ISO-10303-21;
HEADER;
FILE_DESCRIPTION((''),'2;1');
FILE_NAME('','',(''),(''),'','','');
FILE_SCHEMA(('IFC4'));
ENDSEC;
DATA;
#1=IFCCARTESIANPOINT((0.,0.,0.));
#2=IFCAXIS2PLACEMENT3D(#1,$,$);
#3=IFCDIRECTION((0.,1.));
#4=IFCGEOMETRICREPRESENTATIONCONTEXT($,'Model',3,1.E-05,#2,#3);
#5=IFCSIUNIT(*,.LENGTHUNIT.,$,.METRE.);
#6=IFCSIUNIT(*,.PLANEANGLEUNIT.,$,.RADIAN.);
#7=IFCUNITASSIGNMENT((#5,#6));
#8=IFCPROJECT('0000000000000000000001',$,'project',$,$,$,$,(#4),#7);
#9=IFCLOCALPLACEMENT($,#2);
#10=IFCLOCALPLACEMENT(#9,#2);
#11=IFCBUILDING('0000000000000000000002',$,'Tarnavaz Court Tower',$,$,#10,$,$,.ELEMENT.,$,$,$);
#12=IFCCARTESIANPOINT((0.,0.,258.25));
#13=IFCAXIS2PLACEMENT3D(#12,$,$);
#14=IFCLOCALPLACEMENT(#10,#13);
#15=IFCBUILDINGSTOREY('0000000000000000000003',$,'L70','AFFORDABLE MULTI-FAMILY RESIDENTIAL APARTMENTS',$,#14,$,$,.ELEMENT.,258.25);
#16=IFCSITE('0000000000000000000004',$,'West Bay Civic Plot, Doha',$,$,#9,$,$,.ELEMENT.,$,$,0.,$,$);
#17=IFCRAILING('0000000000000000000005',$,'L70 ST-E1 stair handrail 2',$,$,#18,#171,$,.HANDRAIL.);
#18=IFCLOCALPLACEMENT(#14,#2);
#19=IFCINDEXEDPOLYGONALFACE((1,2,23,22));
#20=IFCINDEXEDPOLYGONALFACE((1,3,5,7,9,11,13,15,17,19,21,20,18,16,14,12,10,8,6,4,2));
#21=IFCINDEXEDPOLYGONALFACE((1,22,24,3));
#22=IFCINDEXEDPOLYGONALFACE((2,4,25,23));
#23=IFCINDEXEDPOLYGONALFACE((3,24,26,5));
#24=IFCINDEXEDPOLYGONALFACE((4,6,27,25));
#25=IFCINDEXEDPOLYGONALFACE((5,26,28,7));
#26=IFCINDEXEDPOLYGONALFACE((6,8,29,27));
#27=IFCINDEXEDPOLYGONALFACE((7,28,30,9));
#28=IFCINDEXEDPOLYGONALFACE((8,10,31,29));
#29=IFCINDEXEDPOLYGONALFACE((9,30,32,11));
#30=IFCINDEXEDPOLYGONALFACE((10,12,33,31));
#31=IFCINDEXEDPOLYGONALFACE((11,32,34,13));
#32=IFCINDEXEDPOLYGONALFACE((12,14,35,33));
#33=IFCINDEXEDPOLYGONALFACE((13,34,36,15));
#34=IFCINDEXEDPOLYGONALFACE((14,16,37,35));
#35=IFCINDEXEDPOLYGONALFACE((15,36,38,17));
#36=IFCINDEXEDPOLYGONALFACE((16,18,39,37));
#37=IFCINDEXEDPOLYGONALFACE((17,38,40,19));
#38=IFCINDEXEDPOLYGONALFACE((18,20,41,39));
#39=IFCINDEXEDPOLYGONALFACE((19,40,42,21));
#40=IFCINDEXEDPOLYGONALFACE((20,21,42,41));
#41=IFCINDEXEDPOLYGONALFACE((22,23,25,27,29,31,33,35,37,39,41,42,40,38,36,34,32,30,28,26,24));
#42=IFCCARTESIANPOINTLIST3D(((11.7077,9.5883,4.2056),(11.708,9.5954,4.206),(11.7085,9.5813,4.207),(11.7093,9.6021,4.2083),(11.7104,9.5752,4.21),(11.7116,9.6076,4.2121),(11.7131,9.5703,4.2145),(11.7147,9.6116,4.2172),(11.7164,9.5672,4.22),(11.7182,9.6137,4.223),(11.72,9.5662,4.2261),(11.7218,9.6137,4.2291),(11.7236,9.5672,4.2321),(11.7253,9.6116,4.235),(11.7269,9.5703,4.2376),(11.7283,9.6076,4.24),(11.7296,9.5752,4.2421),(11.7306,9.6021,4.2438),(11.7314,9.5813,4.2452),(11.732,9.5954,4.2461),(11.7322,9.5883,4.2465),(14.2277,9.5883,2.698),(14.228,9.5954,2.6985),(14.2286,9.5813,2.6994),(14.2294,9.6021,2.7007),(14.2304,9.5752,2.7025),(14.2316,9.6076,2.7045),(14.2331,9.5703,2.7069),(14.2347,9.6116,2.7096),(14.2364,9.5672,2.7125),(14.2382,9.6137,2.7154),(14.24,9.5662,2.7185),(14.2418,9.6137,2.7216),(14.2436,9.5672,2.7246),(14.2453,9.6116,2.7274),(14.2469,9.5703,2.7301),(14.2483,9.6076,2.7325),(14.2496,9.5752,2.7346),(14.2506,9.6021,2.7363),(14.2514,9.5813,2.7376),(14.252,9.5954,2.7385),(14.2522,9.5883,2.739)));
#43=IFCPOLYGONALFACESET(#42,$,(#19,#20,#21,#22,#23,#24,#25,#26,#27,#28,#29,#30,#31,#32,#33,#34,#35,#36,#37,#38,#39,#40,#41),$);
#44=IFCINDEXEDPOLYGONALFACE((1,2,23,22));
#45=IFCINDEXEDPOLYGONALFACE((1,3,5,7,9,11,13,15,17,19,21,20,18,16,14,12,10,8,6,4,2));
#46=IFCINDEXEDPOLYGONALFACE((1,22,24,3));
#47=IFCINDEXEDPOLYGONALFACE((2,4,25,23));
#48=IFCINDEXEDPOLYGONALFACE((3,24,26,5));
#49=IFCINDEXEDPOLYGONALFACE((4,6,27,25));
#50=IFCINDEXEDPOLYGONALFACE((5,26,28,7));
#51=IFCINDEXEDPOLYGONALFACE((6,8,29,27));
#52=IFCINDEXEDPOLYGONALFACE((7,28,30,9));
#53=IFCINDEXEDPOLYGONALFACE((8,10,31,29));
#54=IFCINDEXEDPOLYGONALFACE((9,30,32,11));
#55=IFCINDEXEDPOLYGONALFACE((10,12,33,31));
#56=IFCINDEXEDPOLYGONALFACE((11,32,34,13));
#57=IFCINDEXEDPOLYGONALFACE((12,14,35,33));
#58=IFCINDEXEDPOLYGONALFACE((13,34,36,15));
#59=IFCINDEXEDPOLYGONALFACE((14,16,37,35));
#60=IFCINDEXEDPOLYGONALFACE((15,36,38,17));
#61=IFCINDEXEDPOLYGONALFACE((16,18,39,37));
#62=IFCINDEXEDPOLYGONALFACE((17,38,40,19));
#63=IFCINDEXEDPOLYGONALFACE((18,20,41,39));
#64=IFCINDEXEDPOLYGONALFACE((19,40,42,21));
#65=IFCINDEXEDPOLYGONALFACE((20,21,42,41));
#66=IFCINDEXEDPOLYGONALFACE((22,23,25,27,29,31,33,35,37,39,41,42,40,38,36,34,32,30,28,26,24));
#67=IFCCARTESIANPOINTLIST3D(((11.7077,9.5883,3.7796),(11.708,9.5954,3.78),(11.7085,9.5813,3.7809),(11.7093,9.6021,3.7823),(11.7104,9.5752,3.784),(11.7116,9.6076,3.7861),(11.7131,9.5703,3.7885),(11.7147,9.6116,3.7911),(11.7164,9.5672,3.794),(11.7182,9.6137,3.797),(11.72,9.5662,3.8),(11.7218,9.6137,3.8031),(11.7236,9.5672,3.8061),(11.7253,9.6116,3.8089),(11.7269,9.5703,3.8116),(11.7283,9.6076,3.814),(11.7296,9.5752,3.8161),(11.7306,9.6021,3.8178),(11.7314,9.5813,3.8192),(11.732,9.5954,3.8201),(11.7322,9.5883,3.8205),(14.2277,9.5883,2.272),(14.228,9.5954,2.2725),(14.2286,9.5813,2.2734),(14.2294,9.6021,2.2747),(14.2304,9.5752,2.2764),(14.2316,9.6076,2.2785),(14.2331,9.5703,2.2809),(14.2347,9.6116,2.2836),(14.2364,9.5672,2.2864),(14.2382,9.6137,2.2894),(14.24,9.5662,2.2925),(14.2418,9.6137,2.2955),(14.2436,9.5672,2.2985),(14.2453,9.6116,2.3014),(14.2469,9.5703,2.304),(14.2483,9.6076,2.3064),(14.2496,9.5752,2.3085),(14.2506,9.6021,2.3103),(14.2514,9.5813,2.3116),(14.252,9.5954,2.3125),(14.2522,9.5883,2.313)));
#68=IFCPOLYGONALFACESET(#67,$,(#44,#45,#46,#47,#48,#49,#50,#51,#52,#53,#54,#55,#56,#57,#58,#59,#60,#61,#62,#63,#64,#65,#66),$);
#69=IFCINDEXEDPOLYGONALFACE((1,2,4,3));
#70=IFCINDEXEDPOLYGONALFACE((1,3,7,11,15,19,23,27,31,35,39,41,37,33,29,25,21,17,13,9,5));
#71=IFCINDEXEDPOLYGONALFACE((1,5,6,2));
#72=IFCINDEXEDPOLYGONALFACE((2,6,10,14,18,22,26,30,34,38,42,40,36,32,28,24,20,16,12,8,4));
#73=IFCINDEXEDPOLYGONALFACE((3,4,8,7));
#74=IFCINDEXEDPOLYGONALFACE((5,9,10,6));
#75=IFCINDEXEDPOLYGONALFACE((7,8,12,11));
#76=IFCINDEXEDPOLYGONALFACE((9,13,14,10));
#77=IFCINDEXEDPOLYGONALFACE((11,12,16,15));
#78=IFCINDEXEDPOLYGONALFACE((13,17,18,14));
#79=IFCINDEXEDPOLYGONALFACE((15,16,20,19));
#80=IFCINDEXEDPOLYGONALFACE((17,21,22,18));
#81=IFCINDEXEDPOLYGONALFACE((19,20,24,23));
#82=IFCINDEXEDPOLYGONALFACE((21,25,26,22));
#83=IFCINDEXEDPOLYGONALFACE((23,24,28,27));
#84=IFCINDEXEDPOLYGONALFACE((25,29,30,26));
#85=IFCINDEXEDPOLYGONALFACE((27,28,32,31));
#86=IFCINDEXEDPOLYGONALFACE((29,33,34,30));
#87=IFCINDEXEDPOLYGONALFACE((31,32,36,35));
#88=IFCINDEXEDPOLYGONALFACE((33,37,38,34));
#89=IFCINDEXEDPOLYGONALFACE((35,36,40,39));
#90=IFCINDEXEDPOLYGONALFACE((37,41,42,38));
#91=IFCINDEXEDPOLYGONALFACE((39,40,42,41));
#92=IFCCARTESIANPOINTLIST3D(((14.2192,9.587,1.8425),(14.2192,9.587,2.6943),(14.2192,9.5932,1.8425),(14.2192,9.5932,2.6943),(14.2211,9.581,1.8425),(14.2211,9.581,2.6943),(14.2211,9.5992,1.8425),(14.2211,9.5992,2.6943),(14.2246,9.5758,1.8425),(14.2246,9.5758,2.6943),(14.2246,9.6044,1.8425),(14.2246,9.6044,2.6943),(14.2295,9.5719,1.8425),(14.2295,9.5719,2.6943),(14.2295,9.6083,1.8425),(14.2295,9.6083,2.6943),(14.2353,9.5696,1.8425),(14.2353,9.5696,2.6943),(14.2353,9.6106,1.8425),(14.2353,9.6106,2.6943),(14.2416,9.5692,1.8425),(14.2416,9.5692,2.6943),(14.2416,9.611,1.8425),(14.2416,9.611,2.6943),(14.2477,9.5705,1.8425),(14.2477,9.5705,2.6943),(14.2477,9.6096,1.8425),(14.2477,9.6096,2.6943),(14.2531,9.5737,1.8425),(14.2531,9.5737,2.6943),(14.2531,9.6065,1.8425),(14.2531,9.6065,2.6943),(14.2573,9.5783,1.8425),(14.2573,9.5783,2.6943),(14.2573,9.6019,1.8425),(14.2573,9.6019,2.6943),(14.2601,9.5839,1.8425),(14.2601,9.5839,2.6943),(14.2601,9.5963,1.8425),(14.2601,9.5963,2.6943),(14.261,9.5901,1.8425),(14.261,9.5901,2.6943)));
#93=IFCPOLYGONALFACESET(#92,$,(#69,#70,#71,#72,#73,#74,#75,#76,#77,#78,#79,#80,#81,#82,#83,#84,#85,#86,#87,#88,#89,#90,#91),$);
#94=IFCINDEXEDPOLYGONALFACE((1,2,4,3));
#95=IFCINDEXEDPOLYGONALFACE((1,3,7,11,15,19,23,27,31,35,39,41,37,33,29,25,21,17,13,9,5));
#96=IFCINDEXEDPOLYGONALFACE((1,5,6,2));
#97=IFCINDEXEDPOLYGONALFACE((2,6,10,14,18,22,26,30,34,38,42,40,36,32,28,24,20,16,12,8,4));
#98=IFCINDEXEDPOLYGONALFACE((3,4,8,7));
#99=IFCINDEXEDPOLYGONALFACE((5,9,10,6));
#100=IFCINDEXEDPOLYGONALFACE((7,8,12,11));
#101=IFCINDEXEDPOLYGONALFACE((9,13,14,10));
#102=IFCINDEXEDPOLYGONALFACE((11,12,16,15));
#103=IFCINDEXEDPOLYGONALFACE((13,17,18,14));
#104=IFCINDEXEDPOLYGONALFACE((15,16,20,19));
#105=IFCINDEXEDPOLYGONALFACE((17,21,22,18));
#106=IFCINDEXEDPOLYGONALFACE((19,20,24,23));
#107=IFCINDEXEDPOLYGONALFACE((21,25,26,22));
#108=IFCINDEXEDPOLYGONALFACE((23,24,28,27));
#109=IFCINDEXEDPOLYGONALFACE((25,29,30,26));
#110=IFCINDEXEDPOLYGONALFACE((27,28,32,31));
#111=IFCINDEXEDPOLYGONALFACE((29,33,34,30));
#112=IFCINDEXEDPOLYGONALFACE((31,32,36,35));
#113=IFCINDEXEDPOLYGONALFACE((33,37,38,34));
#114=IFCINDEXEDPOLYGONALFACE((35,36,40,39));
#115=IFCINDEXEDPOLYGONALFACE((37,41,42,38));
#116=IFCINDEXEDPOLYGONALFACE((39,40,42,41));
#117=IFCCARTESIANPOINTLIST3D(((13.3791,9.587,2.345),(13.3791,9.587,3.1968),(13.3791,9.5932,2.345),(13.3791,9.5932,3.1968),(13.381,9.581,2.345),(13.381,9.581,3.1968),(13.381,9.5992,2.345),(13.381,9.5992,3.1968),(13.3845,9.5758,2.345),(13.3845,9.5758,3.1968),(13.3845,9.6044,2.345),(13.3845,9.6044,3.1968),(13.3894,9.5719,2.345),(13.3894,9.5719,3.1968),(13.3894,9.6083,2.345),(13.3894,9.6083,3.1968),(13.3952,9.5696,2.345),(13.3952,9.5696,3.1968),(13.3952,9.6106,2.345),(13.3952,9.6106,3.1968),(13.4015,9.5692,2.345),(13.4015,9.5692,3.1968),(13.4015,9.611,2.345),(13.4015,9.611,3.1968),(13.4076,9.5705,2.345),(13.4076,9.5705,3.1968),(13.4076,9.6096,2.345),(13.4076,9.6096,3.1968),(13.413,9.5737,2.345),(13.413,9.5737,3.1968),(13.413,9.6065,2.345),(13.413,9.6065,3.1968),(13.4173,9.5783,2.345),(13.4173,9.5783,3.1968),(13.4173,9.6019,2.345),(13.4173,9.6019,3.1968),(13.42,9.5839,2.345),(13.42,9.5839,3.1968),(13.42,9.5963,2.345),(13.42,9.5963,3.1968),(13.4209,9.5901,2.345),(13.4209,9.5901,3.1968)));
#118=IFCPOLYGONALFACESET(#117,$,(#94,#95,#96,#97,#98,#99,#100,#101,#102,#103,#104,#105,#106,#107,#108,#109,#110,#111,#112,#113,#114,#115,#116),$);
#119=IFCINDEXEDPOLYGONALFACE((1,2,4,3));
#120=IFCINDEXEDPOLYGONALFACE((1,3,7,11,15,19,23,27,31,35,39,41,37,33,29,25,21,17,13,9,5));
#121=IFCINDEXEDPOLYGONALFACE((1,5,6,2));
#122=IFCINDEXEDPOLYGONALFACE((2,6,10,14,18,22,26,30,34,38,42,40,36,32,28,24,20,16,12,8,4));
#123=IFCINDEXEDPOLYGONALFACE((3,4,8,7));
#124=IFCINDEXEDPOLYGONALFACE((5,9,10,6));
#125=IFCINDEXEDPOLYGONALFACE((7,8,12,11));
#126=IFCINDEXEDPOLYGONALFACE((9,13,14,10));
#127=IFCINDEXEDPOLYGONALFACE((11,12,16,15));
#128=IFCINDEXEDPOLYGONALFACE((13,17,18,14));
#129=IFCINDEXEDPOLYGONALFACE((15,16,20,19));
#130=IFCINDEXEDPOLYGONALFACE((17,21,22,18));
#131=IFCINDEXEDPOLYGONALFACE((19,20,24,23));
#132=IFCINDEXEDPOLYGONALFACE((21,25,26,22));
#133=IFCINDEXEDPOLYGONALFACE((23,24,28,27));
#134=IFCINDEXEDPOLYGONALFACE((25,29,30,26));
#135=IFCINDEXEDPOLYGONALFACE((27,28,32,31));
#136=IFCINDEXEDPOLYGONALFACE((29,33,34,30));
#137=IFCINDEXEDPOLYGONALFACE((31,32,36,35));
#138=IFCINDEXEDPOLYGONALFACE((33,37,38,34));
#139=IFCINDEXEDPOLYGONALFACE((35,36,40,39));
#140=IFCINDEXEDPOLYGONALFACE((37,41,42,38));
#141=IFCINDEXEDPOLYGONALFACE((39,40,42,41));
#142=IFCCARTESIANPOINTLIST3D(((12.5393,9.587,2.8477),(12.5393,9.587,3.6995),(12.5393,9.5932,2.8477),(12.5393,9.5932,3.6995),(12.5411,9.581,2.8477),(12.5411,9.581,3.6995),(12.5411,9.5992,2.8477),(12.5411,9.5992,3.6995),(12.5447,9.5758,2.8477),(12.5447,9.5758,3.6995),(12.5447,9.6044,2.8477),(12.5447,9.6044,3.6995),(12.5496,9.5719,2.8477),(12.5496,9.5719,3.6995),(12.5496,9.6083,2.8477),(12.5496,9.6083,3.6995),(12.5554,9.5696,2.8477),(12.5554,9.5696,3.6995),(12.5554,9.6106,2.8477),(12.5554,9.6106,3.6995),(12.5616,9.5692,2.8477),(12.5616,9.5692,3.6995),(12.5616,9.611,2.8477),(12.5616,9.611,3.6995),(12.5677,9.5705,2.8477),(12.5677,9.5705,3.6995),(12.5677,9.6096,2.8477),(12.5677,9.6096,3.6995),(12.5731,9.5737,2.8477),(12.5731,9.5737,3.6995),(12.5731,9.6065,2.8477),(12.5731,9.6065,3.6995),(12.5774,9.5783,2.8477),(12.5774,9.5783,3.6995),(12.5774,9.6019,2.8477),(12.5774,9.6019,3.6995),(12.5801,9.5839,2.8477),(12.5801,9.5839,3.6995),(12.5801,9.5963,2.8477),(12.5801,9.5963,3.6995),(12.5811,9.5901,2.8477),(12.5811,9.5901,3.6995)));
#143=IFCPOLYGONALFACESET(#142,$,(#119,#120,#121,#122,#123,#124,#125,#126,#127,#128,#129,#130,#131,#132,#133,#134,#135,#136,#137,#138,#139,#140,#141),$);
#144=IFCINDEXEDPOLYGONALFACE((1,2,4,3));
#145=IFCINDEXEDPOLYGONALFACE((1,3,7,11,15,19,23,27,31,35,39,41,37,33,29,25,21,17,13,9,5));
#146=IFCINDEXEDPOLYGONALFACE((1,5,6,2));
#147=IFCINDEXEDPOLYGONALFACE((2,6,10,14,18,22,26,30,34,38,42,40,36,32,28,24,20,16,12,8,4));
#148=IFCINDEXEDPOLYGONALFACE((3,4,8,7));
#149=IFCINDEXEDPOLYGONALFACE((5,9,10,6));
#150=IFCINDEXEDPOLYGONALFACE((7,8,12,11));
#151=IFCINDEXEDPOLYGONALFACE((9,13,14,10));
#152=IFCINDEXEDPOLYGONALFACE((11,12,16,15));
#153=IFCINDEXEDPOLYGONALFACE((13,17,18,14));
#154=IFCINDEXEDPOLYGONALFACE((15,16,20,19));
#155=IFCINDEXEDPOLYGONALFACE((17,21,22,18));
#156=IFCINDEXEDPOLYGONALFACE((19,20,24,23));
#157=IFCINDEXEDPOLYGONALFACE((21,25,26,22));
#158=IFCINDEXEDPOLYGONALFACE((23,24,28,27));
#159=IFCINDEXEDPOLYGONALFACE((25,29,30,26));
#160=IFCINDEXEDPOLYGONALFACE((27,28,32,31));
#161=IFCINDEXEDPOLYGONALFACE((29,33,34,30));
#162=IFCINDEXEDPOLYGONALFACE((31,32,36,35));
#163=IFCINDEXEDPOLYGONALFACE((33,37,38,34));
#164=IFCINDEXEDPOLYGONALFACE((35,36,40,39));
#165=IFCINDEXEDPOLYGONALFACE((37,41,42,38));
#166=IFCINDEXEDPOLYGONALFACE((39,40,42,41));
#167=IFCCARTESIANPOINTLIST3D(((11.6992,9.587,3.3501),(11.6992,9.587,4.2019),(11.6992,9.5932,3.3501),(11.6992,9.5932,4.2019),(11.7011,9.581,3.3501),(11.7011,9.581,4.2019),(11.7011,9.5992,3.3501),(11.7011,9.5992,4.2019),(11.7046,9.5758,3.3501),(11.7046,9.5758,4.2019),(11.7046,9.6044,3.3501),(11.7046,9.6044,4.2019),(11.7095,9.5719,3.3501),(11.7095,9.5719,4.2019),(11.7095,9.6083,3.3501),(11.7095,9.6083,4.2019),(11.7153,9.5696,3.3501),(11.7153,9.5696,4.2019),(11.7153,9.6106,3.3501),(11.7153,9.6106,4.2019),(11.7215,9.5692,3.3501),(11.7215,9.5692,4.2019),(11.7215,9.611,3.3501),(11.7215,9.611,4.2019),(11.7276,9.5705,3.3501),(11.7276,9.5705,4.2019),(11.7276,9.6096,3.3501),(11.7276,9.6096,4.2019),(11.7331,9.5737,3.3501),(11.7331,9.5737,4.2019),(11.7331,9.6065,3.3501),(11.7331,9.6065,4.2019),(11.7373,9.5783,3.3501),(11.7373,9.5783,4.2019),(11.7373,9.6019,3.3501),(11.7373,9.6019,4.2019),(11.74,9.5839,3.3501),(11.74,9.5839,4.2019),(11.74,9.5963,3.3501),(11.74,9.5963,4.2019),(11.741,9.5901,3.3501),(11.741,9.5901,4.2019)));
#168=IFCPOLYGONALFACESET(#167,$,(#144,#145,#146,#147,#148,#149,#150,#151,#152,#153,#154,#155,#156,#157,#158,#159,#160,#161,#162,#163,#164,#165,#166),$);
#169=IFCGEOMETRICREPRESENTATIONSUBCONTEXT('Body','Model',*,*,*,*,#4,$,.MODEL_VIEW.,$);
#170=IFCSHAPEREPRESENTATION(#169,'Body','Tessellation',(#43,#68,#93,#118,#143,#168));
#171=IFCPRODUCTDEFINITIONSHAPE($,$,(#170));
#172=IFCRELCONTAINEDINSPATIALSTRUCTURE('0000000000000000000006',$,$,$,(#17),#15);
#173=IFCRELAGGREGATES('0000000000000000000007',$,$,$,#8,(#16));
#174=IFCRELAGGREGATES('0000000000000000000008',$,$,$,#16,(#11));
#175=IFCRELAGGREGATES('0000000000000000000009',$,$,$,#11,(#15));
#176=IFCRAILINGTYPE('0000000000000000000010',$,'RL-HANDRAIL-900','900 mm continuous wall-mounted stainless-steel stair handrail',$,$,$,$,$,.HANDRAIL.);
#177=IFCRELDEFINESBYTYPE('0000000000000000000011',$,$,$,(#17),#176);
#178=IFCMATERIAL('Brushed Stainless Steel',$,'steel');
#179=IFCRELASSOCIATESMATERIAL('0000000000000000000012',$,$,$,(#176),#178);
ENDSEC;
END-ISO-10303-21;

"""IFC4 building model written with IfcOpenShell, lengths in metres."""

from ifc_helpers import new_model, si_unit, direction, frame, origin, origin_2d, place, context, subcontext, project, spatial, circle, extrude, material, type_object, element, save


model = new_model("IFC4")

# Units and contexts
model_context = context("Model", 3, precision=1e-05, world=origin(), true_north=direction((0.0, 1.0)))
body_context = subcontext(model_context, "Body", "Model", "MODEL_VIEW")
ifc_project = project(units=[si_unit("LENGTHUNIT", "METRE"), si_unit("PLANEANGLEUNIT", "RADIAN")], contexts=[model_context])

# Site, building, storey
site_placement = place(None, origin())
site = spatial("IfcSite", under=ifc_project, at=site_placement, Name="West Bay Civic Plot, Doha", CompositionType="ELEMENT", RefElevation=0.0)
building_placement = place(site_placement, origin())
building = spatial("IfcBuilding", under=site, at=building_placement, Name="Tarnavaz Court Tower", CompositionType="ELEMENT")
storey_placement = place(building_placement, frame((0.0, 0.0, 258.25)))
storey = spatial("IfcBuildingStorey", under=building, at=storey_placement, Name="L70", Description="AFFORDABLE MULTI-FAMILY RESIDENTIAL APARTMENTS", CompositionType="ELEMENT", Elevation=258.25)

# Railing
ifc_material_1 = material(Name="Brushed Stainless Steel", Category="steel")
railing_type_1 = type_object("IfcRailingType", Name="RL-HANDRAIL-900", Description="900 mm continuous wall-mounted stainless-steel stair handrail", PredefinedType="HANDRAIL", material=ifc_material_1)
railing_1_placement = place(storey_placement, frame((14.24, 9.5901, 1.8425)))
element("IfcRailing", 1, at=railing_1_placement, inside=storey, type_object=railing_type_1, Name="L70 ST-E1 stair handrail 2", PredefinedType="HANDRAIL", context=body_context, shape_type="SweptSolid", body=[
    extrude(circle(Radius=0.0239, at=origin_2d()), frame((0.0, 0.0, 0.876), z_axis=(-0.85816, 0.0, 0.513383), x_axis=(0.0, -1.0, 0.0)), (0.0, 0.0, 1.0), 2.9365),
    extrude(circle(Radius=0.0239, at=origin_2d()), frame((0.0, 0.0, 0.45), z_axis=(-0.85816, 0.0, 0.513383), x_axis=(0.0, -1.0, 0.0)), (0.0, 0.0, 1.0), 2.9365),
    extrude(circle(Radius=0.021, at=origin_2d()), origin(), (0.0, 0.0, 1.0), 0.8518),
    extrude(circle(Radius=0.021, at=origin_2d()), frame((-0.8401, 0.0, 0.5024)), (0.0, 0.0, 1.0), 0.8518),
    extrude(circle(Radius=0.021, at=origin_2d()), frame((-1.6799, 0.0, 1.0051)), (0.0, 0.0, 1.0), 0.8518),
    extrude(circle(Radius=0.021, at=origin_2d()), frame((-2.52, 0.0, 1.5076)), (0.0, 0.0, 1.0), 0.8518),
])

save(model, "model.ifc")
